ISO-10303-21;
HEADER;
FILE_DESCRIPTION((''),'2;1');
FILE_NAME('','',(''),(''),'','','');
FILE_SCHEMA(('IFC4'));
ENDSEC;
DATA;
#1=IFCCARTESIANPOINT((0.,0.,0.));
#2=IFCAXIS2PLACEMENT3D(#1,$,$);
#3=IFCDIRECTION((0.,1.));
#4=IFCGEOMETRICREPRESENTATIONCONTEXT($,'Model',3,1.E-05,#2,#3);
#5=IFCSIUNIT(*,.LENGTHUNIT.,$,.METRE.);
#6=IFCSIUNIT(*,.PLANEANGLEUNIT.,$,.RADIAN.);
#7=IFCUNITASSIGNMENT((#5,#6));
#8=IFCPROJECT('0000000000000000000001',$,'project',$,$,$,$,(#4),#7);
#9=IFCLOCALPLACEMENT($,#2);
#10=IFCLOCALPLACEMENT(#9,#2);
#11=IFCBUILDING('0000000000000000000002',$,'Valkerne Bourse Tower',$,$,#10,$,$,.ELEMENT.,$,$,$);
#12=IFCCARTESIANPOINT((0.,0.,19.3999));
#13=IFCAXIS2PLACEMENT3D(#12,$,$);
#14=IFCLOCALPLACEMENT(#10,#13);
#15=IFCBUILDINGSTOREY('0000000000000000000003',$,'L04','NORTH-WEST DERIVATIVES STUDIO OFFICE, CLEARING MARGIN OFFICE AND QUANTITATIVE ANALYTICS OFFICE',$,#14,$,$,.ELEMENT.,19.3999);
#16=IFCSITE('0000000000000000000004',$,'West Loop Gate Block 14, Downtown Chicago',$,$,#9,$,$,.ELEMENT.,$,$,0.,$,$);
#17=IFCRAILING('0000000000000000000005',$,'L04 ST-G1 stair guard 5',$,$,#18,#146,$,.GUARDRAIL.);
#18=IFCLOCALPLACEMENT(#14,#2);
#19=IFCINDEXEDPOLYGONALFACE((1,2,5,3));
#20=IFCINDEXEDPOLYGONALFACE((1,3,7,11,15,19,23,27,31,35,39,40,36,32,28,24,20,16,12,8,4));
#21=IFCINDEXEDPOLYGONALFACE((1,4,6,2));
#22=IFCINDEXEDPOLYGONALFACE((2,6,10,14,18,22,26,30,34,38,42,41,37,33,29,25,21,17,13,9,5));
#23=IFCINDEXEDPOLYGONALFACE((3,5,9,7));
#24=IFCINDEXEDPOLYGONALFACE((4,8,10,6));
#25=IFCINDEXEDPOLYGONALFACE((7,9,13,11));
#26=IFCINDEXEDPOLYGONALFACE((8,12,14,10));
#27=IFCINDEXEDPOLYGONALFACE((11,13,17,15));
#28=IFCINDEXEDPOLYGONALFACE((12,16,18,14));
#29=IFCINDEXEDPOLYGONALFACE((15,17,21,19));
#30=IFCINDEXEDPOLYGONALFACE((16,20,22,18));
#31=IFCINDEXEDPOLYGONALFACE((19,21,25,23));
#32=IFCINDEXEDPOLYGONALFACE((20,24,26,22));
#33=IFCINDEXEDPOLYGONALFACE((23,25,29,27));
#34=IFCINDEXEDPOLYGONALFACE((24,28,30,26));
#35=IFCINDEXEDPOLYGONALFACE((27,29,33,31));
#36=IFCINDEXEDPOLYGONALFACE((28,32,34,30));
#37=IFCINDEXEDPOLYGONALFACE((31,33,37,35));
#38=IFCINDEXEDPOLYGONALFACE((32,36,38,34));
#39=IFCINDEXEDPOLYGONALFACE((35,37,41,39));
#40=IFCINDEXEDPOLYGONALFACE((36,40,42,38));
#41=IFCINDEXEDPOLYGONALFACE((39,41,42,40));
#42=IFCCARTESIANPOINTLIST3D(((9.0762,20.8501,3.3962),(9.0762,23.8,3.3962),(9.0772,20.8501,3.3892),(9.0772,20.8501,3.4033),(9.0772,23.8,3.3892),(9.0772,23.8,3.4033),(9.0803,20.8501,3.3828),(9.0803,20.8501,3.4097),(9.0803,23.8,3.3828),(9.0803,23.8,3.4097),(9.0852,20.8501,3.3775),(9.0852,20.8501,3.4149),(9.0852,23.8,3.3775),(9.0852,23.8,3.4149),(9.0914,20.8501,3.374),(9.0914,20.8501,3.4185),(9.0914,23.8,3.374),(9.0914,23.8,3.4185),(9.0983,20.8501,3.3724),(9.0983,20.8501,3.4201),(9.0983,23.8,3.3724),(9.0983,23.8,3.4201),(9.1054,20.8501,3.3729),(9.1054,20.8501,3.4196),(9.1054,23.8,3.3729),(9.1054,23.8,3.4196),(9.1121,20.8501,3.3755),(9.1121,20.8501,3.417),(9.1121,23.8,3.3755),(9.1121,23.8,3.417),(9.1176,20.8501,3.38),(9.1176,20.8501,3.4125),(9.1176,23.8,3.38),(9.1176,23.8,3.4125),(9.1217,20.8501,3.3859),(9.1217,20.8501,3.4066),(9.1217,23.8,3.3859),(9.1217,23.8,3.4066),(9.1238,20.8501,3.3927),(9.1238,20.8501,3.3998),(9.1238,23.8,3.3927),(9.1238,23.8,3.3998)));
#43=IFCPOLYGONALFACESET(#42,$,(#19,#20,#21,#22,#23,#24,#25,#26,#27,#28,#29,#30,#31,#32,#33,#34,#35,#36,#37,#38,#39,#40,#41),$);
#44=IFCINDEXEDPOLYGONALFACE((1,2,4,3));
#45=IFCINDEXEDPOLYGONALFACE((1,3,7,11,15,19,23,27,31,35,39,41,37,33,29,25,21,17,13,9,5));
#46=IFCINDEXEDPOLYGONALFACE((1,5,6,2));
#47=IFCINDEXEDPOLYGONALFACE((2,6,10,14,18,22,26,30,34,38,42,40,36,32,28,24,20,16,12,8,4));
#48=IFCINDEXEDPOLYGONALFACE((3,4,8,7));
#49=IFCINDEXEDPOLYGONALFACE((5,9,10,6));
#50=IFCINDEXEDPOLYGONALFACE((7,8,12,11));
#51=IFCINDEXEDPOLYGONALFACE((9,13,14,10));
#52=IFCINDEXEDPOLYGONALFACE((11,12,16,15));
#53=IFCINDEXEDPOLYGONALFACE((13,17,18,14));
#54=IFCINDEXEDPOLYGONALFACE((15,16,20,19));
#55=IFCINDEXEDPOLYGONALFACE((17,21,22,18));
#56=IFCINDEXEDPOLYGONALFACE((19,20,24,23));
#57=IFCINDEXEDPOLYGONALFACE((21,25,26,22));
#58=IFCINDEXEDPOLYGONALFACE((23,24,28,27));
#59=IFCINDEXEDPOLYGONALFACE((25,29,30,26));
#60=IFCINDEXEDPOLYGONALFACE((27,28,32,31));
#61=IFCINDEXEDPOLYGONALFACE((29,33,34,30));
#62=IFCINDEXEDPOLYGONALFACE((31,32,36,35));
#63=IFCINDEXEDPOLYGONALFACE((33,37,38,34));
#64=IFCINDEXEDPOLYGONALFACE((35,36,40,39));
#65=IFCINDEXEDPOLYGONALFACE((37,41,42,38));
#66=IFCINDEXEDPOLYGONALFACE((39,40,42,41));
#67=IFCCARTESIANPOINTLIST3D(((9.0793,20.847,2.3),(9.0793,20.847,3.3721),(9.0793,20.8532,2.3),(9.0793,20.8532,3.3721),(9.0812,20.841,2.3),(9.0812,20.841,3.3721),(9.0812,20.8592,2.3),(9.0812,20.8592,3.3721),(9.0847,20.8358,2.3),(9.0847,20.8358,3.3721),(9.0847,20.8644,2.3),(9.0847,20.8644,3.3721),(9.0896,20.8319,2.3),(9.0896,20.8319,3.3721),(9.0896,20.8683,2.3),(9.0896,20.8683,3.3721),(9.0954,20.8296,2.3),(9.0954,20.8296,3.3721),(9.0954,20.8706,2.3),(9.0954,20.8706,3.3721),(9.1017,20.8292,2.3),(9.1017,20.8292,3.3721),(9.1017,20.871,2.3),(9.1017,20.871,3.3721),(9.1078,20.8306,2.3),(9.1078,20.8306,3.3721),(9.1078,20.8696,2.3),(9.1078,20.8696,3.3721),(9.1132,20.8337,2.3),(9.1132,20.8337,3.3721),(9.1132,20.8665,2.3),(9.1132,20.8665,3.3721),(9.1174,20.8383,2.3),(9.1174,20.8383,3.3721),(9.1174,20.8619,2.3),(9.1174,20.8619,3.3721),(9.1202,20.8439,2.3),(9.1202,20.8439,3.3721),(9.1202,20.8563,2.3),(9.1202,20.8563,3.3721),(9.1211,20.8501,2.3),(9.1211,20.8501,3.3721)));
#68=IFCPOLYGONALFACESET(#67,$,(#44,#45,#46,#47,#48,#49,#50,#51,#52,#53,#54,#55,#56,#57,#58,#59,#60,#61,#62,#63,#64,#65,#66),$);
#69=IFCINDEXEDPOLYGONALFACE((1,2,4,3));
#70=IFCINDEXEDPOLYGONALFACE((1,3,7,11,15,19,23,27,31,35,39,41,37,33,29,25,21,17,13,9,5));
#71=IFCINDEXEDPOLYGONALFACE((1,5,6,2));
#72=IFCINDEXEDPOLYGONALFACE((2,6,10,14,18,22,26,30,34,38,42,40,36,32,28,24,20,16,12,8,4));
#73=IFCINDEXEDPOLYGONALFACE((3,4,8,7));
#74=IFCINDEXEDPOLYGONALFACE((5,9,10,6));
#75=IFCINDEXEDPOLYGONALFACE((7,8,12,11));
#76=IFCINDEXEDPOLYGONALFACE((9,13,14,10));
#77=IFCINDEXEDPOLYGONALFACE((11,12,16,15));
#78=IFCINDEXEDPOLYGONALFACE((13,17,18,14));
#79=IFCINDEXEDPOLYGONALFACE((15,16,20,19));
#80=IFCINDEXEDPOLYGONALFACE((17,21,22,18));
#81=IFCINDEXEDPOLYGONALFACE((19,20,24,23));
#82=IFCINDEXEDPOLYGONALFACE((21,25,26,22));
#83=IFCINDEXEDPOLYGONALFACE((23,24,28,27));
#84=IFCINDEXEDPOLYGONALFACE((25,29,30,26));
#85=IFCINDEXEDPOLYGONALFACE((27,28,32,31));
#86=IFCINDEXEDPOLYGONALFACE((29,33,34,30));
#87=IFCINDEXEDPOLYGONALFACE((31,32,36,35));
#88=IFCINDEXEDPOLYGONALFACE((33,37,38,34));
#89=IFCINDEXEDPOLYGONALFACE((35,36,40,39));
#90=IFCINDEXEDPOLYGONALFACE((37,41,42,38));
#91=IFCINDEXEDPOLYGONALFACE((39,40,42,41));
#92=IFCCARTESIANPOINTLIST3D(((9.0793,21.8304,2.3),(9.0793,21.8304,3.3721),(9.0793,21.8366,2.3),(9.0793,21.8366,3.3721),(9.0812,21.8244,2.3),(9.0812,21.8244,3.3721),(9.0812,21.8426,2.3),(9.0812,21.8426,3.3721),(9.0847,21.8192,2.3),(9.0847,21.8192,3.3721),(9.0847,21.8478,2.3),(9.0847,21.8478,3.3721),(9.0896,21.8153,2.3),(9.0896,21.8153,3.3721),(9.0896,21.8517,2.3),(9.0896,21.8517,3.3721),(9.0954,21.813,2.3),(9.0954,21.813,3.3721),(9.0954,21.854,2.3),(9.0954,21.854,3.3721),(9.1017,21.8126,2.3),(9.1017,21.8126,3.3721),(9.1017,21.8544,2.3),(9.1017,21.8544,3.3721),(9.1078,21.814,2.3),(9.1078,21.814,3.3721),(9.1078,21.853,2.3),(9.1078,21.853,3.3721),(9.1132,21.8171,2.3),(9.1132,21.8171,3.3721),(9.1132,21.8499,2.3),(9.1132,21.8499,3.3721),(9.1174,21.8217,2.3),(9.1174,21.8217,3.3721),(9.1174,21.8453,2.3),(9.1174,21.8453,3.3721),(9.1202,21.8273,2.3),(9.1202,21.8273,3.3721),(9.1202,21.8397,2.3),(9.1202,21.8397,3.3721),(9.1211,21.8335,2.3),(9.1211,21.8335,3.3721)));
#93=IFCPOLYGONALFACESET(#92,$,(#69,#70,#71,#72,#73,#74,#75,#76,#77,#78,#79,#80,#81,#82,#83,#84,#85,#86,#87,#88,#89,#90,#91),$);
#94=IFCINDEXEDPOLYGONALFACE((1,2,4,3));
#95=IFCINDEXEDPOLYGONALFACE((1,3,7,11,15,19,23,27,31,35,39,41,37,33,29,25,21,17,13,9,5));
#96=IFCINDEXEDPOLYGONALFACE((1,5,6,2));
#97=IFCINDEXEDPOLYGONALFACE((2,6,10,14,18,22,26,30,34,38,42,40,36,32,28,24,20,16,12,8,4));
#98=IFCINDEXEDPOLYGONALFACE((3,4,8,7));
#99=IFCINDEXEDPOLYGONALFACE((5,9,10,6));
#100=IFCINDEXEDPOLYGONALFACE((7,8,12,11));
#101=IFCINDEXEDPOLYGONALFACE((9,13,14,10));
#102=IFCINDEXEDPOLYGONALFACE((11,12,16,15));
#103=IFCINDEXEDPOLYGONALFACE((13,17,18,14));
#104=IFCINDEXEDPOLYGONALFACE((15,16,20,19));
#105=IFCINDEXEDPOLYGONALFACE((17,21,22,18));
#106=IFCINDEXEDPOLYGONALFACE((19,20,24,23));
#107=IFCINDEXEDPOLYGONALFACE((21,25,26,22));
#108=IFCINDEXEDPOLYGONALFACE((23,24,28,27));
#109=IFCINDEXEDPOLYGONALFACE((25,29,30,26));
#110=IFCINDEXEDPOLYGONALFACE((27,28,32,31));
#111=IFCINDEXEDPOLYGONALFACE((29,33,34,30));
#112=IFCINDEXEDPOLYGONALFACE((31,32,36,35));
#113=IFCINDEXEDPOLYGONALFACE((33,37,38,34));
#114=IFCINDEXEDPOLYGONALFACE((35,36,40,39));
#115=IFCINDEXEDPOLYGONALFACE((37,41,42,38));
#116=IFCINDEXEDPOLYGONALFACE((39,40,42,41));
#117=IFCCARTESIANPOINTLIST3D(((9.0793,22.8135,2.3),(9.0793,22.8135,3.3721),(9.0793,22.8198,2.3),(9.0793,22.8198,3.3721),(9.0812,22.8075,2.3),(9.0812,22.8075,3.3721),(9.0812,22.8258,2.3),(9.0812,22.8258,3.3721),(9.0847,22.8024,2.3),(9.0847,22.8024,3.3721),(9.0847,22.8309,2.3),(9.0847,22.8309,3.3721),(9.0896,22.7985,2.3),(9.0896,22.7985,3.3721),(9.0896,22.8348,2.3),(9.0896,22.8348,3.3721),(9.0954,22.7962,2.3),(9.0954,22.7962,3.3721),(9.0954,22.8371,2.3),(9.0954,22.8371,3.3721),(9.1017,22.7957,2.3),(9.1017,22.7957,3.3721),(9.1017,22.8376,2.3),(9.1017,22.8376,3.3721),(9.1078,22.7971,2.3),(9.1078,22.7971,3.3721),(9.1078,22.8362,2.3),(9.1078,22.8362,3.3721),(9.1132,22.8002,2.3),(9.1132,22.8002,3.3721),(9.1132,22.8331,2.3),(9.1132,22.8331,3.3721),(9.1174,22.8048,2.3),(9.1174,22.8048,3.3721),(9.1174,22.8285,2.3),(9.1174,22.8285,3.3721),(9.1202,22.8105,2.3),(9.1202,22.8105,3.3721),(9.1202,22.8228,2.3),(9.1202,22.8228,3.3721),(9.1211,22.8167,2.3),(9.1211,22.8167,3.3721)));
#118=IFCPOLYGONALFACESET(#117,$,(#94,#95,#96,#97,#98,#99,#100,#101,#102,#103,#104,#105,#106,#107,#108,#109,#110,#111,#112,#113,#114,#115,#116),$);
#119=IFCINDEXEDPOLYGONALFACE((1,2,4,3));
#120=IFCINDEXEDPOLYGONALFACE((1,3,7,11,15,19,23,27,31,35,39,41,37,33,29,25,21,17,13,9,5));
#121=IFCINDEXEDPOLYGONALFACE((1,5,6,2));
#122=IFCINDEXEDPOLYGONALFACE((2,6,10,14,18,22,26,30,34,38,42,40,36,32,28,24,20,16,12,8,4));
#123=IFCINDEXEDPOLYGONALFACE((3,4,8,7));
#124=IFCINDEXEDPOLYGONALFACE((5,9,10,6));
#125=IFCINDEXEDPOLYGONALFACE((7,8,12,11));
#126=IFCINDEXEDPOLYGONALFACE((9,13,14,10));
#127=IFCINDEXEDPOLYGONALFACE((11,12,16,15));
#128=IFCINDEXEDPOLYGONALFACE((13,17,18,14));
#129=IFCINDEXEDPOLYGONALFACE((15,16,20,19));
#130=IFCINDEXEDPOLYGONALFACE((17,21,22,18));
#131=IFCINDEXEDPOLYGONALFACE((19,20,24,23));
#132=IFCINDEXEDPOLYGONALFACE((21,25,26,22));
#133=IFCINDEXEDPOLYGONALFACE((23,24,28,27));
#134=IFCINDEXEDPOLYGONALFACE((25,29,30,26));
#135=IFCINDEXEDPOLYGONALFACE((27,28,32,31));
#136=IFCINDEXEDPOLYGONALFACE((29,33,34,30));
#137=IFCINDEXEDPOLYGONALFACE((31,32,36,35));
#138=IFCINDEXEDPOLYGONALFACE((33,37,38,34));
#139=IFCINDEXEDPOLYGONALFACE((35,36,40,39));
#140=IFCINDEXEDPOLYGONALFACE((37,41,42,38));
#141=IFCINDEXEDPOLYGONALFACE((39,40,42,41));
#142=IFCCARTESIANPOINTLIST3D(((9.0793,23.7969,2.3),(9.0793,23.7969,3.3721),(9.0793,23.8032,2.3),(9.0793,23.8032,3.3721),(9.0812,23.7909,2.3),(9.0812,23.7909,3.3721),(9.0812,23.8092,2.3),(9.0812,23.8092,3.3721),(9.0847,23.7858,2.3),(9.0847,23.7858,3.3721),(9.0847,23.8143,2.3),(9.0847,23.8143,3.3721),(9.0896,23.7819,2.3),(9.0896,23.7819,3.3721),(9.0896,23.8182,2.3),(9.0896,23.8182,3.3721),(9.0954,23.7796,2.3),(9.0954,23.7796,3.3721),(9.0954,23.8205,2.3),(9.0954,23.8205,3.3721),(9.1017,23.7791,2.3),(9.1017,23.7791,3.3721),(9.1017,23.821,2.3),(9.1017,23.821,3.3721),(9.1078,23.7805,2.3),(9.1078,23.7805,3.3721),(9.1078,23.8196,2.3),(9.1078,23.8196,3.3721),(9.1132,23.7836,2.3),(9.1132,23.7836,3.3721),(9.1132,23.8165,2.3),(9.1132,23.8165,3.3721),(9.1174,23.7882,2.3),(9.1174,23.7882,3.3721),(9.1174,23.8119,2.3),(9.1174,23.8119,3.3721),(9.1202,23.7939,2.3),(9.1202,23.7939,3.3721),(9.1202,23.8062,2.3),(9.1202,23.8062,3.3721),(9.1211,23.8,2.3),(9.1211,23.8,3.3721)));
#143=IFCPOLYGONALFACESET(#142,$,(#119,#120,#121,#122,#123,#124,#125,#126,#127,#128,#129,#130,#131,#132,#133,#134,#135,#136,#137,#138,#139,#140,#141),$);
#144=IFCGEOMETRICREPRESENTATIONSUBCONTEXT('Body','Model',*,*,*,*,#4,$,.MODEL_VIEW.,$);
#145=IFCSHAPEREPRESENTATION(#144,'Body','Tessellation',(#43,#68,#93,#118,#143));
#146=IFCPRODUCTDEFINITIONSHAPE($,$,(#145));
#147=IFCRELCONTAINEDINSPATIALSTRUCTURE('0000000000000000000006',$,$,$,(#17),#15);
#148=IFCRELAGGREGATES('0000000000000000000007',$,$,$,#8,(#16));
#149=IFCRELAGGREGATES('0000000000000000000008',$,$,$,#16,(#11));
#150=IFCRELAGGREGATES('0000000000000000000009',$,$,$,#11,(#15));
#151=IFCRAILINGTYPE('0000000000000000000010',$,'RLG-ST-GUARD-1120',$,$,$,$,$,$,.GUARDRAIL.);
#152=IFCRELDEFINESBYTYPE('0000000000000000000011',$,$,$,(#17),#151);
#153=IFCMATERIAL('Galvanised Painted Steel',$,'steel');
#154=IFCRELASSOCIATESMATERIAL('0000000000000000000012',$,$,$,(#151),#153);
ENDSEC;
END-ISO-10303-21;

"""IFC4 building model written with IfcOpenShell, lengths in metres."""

from ifc_helpers import new_model, si_unit, direction, frame, origin, origin_2d, place, context, subcontext, project, spatial, circle, extrude, material, type_object, element, save


model = new_model("IFC4")

# Units and contexts
model_context = context("Model", 3, precision=1e-05, world=origin(), true_north=direction((0.0, 1.0)))
body_context = subcontext(model_context, "Body", "Model", "MODEL_VIEW")
ifc_project = project(units=[si_unit("LENGTHUNIT", "METRE"), si_unit("PLANEANGLEUNIT", "RADIAN")], contexts=[model_context])

# Site, building, storey
site_placement = place(None, origin())
site = spatial("IfcSite", under=ifc_project, at=site_placement, Name="West Loop Gate Block 14, Downtown Chicago", CompositionType="ELEMENT", RefElevation=0.0)
building_placement = place(site_placement, origin())
building = spatial("IfcBuilding", under=site, at=building_placement, Name="Valkerne Bourse Tower", CompositionType="ELEMENT")
storey_placement = place(building_placement, frame((0.0, 0.0, 19.3999)))
storey = spatial("IfcBuildingStorey", under=building, at=storey_placement, Name="L04", Description="NORTH-WEST DERIVATIVES STUDIO OFFICE, CLEARING MARGIN OFFICE AND QUANTITATIVE ANALYTICS OFFICE", CompositionType="ELEMENT", Elevation=19.3999)

# Shared definitions
ifc_material_1 = material(Name="Galvanised Painted Steel", Category="steel")

# Railing
railing_type_1 = type_object("IfcRailingType", Name="RLG-ST-GUARD-1120", PredefinedType="GUARDRAIL", material=ifc_material_1)
railing_1_placement = place(storey_placement, frame((9.1001, 20.8501, 2.3)))
element("IfcRailing", 1, at=railing_1_placement, inside=storey, type_object=railing_type_1, Name="L04 ST-G1 stair guard 5", PredefinedType="GUARDRAIL", context=body_context, shape_type="SweptSolid", body=[
    extrude(circle(Radius=0.0239, at=origin_2d()), frame((0.0, 0.0, 1.0962), z_axis=(0.0, 1.0, 0.0), x_axis=(-1.0, 0.0, 0.0)), (0.0, 0.0, 1.0), 2.95),
    extrude(circle(Radius=0.021, at=origin_2d()), origin(), (0.0, 0.0, 1.0), 1.072),
    extrude(circle(Radius=0.021, at=origin_2d()), frame((0.0, 0.9834, 0.0)), (0.0, 0.0, 1.0), 1.072),
    extrude(circle(Radius=0.021, at=origin_2d()), frame((0.0, 1.9666, 0.0)), (0.0, 0.0, 1.0), 1.072),
    extrude(circle(Radius=0.021, at=origin_2d()), frame((0.0, 2.95, 0.0)), (0.0, 0.0, 1.0), 1.072),
])

save(model, "model.ifc")
